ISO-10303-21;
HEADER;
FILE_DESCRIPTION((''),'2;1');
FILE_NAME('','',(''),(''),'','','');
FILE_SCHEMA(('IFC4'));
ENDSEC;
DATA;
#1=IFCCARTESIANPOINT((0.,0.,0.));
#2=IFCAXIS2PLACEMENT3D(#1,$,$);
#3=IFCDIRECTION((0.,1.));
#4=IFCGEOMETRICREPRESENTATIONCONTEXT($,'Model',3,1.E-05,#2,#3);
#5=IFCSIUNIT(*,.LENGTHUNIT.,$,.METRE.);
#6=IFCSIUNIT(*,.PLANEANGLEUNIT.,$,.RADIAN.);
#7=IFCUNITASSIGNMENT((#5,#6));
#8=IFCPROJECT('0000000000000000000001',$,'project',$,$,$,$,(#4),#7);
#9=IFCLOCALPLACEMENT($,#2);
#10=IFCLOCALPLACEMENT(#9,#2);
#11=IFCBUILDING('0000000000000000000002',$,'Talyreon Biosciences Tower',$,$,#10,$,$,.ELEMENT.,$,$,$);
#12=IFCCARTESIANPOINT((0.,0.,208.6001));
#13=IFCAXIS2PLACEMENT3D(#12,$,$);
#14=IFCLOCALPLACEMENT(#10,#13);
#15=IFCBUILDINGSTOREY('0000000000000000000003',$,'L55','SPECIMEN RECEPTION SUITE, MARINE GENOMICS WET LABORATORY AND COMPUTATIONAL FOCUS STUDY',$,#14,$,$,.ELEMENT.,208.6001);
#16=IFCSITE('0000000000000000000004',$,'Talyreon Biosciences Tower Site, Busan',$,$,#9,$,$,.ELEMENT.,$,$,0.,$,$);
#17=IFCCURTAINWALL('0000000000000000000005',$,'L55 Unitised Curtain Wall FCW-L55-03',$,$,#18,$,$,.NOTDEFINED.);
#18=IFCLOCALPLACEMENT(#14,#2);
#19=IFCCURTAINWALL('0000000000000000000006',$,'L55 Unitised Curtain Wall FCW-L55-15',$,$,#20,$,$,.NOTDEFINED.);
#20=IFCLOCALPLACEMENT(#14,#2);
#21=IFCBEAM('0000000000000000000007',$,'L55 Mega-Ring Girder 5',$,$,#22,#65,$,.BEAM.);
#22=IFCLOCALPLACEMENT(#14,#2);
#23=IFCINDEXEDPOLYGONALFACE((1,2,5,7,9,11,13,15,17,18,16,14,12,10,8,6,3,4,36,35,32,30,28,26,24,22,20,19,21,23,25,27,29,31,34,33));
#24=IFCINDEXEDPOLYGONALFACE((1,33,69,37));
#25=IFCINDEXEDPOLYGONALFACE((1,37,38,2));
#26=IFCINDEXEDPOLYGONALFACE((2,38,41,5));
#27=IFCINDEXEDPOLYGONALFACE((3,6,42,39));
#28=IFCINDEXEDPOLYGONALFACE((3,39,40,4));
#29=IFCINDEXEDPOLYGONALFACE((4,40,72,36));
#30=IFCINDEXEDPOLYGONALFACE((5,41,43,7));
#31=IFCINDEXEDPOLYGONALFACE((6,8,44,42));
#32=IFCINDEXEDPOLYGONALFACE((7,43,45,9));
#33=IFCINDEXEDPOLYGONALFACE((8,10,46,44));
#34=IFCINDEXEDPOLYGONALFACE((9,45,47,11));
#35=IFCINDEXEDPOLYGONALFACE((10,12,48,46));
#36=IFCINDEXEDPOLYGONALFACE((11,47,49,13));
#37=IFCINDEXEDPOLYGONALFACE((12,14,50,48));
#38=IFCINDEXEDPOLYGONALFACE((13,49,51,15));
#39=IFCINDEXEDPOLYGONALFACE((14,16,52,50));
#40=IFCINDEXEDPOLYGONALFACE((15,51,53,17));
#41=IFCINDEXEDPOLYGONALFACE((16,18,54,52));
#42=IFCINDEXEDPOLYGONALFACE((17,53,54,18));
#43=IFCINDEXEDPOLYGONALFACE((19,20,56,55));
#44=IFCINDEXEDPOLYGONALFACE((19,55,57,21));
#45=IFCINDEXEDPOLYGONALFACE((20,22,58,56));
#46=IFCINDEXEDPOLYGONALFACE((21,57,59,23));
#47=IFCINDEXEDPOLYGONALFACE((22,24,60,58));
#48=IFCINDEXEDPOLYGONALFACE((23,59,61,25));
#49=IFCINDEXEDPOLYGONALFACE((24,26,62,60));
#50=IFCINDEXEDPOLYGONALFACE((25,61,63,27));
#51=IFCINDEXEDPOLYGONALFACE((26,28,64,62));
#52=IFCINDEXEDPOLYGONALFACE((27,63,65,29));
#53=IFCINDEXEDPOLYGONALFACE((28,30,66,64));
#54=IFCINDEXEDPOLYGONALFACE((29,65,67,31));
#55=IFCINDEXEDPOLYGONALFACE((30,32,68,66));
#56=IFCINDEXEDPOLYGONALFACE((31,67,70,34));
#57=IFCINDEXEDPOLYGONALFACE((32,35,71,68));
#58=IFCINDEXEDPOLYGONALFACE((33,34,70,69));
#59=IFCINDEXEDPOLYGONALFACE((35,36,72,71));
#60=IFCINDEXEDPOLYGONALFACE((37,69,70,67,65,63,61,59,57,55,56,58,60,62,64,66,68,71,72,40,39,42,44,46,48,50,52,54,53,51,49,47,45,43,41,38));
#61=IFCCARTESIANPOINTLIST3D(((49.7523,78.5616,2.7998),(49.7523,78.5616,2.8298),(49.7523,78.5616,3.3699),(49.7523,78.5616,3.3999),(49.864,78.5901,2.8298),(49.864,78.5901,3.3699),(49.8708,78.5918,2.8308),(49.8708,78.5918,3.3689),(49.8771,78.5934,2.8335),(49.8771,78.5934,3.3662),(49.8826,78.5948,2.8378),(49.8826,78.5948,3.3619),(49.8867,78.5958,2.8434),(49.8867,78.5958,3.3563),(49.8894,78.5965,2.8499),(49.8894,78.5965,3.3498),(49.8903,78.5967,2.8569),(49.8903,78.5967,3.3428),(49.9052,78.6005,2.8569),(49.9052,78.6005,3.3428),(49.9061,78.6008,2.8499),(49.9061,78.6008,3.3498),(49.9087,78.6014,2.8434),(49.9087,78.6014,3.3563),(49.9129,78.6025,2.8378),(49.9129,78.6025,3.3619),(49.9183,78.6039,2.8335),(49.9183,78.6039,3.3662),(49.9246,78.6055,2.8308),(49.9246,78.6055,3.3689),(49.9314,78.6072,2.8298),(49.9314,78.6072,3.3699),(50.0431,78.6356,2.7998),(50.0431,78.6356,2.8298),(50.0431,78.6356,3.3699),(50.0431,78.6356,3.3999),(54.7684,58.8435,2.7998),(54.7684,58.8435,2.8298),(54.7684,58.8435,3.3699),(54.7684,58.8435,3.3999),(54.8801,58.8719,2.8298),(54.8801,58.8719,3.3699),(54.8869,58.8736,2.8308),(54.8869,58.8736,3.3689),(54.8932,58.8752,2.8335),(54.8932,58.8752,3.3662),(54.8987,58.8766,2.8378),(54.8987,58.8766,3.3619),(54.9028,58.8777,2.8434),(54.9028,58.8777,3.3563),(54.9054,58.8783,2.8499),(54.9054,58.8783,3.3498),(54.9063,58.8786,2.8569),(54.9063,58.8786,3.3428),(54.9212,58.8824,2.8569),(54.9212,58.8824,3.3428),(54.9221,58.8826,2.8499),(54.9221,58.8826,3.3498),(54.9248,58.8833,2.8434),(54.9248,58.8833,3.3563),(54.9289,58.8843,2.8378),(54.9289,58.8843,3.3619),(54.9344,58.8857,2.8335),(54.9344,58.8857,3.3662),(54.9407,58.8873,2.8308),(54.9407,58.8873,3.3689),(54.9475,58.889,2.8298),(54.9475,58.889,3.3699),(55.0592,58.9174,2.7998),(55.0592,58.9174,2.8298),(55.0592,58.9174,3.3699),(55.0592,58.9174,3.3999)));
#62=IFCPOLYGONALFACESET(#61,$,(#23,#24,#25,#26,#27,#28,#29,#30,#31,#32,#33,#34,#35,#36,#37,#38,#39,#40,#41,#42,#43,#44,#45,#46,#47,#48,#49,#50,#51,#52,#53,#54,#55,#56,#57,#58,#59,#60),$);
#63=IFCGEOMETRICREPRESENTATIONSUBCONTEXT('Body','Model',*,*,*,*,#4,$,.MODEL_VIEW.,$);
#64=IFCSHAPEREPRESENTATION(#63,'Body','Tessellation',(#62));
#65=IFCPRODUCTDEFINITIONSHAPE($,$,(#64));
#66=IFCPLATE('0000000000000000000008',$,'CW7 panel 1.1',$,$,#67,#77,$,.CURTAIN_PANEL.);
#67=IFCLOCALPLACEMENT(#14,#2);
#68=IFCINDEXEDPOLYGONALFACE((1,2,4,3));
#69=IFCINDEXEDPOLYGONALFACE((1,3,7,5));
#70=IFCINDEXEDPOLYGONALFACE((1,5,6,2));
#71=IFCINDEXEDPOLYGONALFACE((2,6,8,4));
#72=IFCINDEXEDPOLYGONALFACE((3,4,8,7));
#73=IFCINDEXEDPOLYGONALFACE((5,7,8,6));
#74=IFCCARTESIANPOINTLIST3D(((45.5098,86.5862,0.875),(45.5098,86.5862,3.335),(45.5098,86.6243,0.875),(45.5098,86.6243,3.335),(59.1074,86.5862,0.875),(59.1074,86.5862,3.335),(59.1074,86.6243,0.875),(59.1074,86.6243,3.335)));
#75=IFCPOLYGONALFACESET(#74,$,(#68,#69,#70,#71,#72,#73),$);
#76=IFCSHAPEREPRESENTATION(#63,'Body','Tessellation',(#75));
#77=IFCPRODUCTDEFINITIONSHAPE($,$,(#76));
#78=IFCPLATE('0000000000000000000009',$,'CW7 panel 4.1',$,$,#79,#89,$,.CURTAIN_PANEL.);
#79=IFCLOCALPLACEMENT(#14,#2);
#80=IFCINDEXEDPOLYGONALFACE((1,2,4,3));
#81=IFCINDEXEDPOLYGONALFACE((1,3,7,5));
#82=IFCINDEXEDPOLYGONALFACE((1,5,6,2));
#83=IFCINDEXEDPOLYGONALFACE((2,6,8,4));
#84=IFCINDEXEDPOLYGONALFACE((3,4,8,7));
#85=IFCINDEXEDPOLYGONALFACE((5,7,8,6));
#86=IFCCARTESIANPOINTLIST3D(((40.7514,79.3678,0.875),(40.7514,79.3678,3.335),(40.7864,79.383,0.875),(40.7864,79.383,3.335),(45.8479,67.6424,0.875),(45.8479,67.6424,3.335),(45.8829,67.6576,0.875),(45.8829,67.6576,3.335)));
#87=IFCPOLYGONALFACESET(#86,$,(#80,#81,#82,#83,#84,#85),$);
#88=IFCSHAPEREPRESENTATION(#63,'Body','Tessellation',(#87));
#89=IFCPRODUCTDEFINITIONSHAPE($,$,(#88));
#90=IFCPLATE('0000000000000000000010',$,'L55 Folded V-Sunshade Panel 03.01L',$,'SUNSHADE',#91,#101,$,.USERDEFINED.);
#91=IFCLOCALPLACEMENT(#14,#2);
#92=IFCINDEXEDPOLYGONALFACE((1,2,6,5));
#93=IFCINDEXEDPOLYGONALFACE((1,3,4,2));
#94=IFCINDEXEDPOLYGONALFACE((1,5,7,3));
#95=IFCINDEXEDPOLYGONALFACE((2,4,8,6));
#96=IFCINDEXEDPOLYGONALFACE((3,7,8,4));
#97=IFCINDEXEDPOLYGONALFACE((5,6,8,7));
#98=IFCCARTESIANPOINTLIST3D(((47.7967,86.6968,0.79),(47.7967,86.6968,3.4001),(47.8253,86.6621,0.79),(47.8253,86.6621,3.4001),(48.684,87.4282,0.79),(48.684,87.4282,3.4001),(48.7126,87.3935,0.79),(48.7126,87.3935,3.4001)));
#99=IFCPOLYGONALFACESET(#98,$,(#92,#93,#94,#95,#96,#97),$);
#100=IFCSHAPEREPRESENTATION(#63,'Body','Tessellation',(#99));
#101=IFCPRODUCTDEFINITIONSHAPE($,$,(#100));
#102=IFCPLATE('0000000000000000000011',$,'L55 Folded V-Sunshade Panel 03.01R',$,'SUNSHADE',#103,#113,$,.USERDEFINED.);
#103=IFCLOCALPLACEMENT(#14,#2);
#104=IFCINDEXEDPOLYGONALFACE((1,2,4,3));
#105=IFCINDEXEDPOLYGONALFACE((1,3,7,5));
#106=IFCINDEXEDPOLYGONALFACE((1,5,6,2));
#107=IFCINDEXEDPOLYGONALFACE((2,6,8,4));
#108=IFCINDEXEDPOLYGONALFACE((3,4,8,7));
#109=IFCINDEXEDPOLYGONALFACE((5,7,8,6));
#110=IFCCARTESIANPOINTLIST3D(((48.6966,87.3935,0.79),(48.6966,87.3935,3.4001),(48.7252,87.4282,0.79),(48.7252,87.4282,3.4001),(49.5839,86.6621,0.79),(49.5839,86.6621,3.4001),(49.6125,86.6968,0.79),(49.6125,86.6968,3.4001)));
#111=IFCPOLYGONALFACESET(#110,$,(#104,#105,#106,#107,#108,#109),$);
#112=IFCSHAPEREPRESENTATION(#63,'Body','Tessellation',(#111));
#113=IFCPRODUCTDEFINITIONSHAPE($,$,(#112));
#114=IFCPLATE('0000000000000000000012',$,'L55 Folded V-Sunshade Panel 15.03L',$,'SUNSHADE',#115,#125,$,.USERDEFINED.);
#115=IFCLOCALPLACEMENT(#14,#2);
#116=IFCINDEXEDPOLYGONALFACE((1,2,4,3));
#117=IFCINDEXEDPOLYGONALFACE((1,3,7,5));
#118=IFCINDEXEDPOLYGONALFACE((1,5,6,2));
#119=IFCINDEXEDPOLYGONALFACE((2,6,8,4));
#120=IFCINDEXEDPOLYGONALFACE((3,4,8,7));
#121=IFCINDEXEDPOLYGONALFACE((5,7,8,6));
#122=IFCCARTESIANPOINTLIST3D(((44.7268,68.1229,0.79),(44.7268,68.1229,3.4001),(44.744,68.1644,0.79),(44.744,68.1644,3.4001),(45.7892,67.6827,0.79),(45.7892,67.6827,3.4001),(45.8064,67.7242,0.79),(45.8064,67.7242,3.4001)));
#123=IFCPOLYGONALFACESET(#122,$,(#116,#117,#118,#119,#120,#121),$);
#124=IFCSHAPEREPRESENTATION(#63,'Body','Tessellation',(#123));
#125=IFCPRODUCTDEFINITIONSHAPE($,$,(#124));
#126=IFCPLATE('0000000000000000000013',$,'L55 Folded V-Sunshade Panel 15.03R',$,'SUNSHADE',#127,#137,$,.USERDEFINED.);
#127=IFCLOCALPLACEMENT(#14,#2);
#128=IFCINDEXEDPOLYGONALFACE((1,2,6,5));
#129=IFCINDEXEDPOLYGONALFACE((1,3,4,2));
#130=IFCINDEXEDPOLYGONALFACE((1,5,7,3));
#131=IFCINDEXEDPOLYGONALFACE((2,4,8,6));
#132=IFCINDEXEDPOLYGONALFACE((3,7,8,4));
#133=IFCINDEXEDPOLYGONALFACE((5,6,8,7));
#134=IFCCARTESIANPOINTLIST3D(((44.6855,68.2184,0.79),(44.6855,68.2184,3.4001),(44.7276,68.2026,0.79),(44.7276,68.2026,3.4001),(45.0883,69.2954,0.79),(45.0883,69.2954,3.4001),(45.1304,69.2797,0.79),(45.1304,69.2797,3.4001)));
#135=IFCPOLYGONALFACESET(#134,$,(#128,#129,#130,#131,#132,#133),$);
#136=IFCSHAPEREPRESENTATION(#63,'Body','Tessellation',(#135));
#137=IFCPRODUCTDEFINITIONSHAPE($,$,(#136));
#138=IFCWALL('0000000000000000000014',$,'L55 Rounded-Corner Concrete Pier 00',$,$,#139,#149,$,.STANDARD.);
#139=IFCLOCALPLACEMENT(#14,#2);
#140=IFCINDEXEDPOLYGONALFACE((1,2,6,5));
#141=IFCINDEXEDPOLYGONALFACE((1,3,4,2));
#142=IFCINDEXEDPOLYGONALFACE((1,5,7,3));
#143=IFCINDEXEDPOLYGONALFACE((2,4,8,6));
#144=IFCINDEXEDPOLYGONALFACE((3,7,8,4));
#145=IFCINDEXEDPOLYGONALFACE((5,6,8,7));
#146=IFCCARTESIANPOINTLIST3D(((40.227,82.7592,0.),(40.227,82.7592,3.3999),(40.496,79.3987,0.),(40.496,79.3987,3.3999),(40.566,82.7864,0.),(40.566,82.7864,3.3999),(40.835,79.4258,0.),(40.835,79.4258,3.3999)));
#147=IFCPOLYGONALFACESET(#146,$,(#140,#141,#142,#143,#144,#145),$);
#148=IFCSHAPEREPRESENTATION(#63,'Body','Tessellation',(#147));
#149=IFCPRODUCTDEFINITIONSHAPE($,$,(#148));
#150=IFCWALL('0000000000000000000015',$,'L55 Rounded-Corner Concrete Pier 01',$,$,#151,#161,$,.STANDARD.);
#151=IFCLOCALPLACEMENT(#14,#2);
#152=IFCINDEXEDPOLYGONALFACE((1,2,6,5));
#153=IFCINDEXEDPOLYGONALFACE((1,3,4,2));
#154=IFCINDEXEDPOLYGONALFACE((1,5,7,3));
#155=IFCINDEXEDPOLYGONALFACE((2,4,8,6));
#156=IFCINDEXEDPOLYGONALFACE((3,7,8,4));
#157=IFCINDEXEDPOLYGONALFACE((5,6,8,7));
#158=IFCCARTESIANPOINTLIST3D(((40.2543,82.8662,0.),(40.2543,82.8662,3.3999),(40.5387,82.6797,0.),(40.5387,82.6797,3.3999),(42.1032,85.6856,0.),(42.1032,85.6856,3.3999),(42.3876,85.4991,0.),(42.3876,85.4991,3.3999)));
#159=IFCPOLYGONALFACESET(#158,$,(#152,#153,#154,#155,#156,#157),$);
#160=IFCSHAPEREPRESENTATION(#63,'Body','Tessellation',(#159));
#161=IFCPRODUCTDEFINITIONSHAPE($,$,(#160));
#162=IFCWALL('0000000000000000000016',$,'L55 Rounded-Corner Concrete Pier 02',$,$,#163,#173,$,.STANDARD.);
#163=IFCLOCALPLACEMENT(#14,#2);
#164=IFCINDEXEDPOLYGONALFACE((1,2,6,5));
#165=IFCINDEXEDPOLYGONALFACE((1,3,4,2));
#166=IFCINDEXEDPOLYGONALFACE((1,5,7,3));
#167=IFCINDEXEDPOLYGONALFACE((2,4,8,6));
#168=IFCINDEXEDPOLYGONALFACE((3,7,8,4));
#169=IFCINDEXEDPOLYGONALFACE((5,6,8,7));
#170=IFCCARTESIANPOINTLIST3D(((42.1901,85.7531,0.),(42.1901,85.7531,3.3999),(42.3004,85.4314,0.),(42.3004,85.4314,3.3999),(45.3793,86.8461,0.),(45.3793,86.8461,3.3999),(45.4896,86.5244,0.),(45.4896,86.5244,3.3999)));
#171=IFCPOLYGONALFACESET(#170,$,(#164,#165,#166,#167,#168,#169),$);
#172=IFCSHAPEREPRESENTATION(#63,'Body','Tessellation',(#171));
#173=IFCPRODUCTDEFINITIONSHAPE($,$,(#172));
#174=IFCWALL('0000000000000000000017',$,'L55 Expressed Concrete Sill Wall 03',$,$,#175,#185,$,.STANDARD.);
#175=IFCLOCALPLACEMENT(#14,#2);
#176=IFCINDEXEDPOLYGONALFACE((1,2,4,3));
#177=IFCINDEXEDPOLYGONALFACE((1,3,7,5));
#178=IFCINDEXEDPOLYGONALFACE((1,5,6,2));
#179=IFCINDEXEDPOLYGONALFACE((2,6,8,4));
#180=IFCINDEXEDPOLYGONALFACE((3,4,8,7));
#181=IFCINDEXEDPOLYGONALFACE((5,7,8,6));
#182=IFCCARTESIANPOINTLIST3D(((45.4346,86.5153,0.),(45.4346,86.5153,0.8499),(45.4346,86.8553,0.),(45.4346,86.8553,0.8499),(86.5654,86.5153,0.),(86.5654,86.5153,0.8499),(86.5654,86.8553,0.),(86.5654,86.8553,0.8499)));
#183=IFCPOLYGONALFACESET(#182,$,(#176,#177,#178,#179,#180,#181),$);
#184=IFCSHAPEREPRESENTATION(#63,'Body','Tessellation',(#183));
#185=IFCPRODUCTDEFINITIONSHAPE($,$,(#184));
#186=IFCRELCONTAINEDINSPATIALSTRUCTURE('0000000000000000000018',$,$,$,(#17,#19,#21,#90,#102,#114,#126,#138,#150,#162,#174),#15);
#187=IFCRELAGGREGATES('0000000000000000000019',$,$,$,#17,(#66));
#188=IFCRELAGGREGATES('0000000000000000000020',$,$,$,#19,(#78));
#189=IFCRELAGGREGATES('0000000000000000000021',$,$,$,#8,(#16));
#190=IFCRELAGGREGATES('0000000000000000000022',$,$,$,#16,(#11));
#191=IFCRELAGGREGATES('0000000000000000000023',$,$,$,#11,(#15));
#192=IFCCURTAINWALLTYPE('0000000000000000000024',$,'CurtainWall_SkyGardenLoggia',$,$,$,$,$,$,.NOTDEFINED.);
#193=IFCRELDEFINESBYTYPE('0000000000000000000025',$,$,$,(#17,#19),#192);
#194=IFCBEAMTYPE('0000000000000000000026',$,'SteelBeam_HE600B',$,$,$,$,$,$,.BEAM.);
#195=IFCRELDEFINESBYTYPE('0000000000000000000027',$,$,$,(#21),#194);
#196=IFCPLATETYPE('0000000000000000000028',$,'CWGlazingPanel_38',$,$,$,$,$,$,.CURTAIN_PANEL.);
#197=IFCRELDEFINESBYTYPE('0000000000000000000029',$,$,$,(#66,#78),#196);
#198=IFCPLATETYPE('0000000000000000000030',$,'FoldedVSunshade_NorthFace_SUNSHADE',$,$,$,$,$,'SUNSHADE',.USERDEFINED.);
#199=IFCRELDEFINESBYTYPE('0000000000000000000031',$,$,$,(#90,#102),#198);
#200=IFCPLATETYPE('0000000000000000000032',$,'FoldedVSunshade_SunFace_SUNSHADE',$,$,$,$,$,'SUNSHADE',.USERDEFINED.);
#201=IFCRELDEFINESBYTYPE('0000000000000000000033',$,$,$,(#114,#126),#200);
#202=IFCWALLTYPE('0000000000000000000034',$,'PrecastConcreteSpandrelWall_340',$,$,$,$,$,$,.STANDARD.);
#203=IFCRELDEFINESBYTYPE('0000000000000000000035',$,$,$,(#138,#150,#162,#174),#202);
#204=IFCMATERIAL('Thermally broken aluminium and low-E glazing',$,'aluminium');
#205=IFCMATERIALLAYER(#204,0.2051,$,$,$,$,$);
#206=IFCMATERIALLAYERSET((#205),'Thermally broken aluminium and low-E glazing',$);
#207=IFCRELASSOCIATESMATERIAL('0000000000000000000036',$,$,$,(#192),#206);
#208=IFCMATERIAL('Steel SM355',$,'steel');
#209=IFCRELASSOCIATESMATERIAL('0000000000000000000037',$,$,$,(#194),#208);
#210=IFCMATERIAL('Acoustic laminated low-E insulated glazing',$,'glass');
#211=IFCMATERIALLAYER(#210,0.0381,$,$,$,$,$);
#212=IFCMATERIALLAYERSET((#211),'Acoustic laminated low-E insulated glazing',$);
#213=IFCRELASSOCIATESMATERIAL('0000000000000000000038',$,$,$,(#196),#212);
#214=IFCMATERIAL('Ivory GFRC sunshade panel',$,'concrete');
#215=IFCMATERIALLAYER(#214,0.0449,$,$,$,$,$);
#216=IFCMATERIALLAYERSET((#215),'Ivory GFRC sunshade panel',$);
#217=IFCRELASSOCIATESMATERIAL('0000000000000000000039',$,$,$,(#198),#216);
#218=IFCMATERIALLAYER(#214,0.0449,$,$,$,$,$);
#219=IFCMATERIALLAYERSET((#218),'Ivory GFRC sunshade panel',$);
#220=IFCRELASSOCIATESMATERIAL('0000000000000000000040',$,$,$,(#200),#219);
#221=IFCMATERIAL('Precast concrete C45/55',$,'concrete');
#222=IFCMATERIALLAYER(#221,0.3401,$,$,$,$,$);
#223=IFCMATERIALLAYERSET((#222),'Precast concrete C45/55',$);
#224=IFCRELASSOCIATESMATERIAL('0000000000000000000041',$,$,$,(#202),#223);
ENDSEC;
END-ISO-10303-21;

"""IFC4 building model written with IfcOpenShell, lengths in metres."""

from ifc_helpers import new_model, si_unit, direction, frame, frame_2d, origin, origin_2d, place, context, subcontext, project, spatial, rectangle, i_section, extrude, material, layer, layer_set, material_profile, profile_set, type_object, element, aggregate, save


model = new_model("IFC4")

# Units and contexts
model_context = context("Model", 3, precision=1e-05, world=origin(), true_north=direction((0.0, 1.0)))
body_context = subcontext(model_context, "Body", "Model", "MODEL_VIEW")
ifc_project = project(units=[si_unit("LENGTHUNIT", "METRE"), si_unit("PLANEANGLEUNIT", "RADIAN")], contexts=[model_context])

# Site, building, storey
site_placement = place(None, origin())
site = spatial("IfcSite", under=ifc_project, at=site_placement, Name="Talyreon Biosciences Tower Site, Busan", CompositionType="ELEMENT", RefElevation=0.0)
building_placement = place(site_placement, origin())
building = spatial("IfcBuilding", under=site, at=building_placement, Name="Talyreon Biosciences Tower", CompositionType="ELEMENT")
storey_placement = place(building_placement, frame((0.0, 0.0, 208.6001)))
storey = spatial("IfcBuildingStorey", under=building, at=storey_placement, Name="L55", Description="SPECIMEN RECEPTION SUITE, MARINE GENOMICS WET LABORATORY AND COMPUTATIONAL FOCUS STUDY", CompositionType="ELEMENT", Elevation=208.6001)

# Curtain wall
ifc_material_1 = material(Name="Thermally broken aluminium and low-E glazing", Category="aluminium")
ifc_layer_1 = layer(ifc_material_1, 0.2051)
ifc_layer_set_1 = layer_set([ifc_layer_1], Name="Thermally broken aluminium and low-E glazing")
curtain_wall_type = type_object("IfcCurtainWallType", Name="CurtainWall_SkyGardenLoggia", PredefinedType="NOTDEFINED", material=ifc_layer_set_1)
curtain_wall_1_placement = place(storey_placement, origin())
curtain_wall_1 = element("IfcCurtainWall", 1, at=curtain_wall_1_placement, inside=storey, type_object=curtain_wall_type, Name="L55 Unitised Curtain Wall FCW-L55-03", PredefinedType="NOTDEFINED")

# Curtain wall
curtain_wall_2_placement = place(storey_placement, origin())
curtain_wall_2 = element("IfcCurtainWall", 2, at=curtain_wall_2_placement, inside=storey, type_object=curtain_wall_type, Name="L55 Unitised Curtain Wall FCW-L55-15", PredefinedType="NOTDEFINED")

# Beam
ifc_material_2 = material(Name="Precast concrete C45/55", Category="concrete")
ifc_material_3 = material(Name="Steel SM355", Category="steel")
ifc_material_profile_1 = material_profile(ifc_material_3, i_section(OverallWidth=0.3, OverallDepth=0.6001, WebThickness=0.0154, FlangeThickness=0.03, FilletRadius=0.0271, at=origin_2d()), Name="HE600B")
ifc_profile_set_1 = profile_set([ifc_material_profile_1], Name="Steel SM355")
beam_type_1 = type_object("IfcBeamType", Name="SteelBeam_HE600B", PredefinedType="BEAM", material=ifc_profile_set_1)
beam_1_placement = place(storey_placement, frame((49.8977, 78.5986, 3.0999), z_axis=(0.246537, -0.969133, 0.0), x_axis=(0.969133, 0.246537, 0.0)))
element("IfcBeam", 3, at=beam_1_placement, inside=storey, type_object=beam_type_1, Name="L55 Mega-Ring Girder 5", PredefinedType="BEAM", context=body_context, shape_type="SweptSolid", body=[
    extrude(i_section(OverallWidth=0.3, OverallDepth=0.6001, WebThickness=0.0154, FlangeThickness=0.03, FilletRadius=0.0271, at=origin_2d()), origin(), (0.0, 0.0, 1.0), 20.3462),
])

# Plates
ifc_material_4 = material(Name="Acoustic laminated low-E insulated glazing", Category="glass")
ifc_layer_2 = layer(ifc_material_4, 0.0381)
ifc_layer_set_2 = layer_set([ifc_layer_2], Name="Acoustic laminated low-E insulated glazing")
plate_type_1 = type_object("IfcPlateType", Name="CWGlazingPanel_38", PredefinedType="CURTAIN_PANEL", material=ifc_layer_set_2)
plate_1_placement = place(storey_placement, frame((52.3086, 86.6052, 0.875), z_axis=(0.0, 0.0, 1.0), x_axis=(1.0, 0.0, 0.0)))
plate_1 = element("IfcPlate", 4, at=plate_1_placement, type_object=plate_type_1, Name="CW7 panel 1.1", PredefinedType="CURTAIN_PANEL", context=body_context, shape_type="SweptSolid", body=[
    extrude(rectangle(XDim=13.5977, YDim=0.0381, at=origin_2d()), origin(), (0.0, 0.0, 1.0), 2.46),
])
aggregate(curtain_wall_1, [plate_1])
plate_2_placement = place(storey_placement, frame((43.3171, 73.5127, 0.875), z_axis=(0.0, 0.0, 1.0), x_axis=(-0.398626, 0.917113, 0.0)))
plate_2 = element("IfcPlate", 5, at=plate_2_placement, type_object=plate_type_1, Name="CW7 panel 4.1", PredefinedType="CURTAIN_PANEL", context=body_context, shape_type="SweptSolid", body=[
    extrude(rectangle(XDim=12.7852, YDim=0.0381, at=origin_2d()), origin(), (0.0, 0.0, 1.0), 2.46),
])
aggregate(curtain_wall_2, [plate_2])

# Plates
ifc_material_5 = material(Name="Ivory GFRC sunshade panel", Category="concrete")
ifc_layer_3 = layer(ifc_material_5, 0.0449)
ifc_layer_set_3 = layer_set([ifc_layer_3], Name="Ivory GFRC sunshade panel")
plate_type_2 = type_object("IfcPlateType", Name="FoldedVSunshade_NorthFace_SUNSHADE", ElementType="SUNSHADE", PredefinedType="USERDEFINED", material=ifc_layer_set_3)
for number, where, z_axis, x_axis, name in (
    (6, (48.2546, 87.0452, 0.79), (0.0, 0.0, 1.0), (0.771625, 0.636078, 0.0), "L55 Folded V-Sunshade Panel 03.01L"),
    (7, (49.1545, 87.0452, 0.79), (0.0, 0.0, 1.0), (0.771625, -0.636078, 0.0), "L55 Folded V-Sunshade Panel 03.01R"),
):
    element("IfcPlate", number, at=place(storey_placement, frame(where, z_axis=z_axis, x_axis=x_axis)), inside=storey, type_object=plate_type_2, Name=name, ObjectType="SUNSHADE", PredefinedType="USERDEFINED", context=body_context, shape_type="SweptSolid", body=[
        extrude(rectangle(XDim=1.1499, YDim=0.0449, at=origin_2d()), origin(), (0.0, 0.0, 1.0), 2.6101),
    ])
ifc_layer_4 = layer(ifc_material_5, 0.0449)
ifc_layer_set_4 = layer_set([ifc_layer_4], Name="Ivory GFRC sunshade panel")
plate_type_3 = type_object("IfcPlateType", Name="FoldedVSunshade_SunFace_SUNSHADE", ElementType="SUNSHADE", PredefinedType="USERDEFINED", material=ifc_layer_set_4)
for number, where, z_axis, x_axis, name in (
    (8, (45.2666, 67.9236, 0.79), (0.0, 0.0, 1.0), (-0.923826, 0.382812, 0.0), "L55 Folded V-Sunshade Panel 15.03L"),
    (9, (44.908, 68.749, 0.79), (0.0, 0.0, 1.0), (0.350338, 0.936623, 0.0), "L55 Folded V-Sunshade Panel 15.03R"),
):
    element("IfcPlate", number, at=place(storey_placement, frame(where, z_axis=z_axis, x_axis=x_axis)), inside=storey, type_object=plate_type_3, Name=name, ObjectType="SUNSHADE", PredefinedType="USERDEFINED", context=body_context, shape_type="SweptSolid", body=[
        extrude(rectangle(XDim=1.1499, YDim=0.0449, at=origin_2d()), origin(), (0.0, 0.0, 1.0), 2.6101),
    ])

# Walls
ifc_layer_5 = layer(ifc_material_2, 0.3401)
ifc_layer_set_5 = layer_set([ifc_layer_5], Name="Precast concrete C45/55")
wall_type = type_object("IfcWallType", Name="PrecastConcreteSpandrelWall_340", PredefinedType="STANDARD", material=ifc_layer_set_5)
wall_1_placement = place(storey_placement, frame((40.6655, 79.4124, 0.0), z_axis=(0.0, 0.0, 1.0), x_axis=(-0.079803, 0.996811, 0.0)))
element("IfcWall", 10, at=wall_1_placement, inside=storey, type_object=wall_type, Name="L55 Rounded-Corner Concrete Pier 00", PredefinedType="STANDARD", context=body_context, shape_type="SweptSolid", body=[
    extrude(rectangle(XDim=3.3713, YDim=0.3401, at=frame_2d((1.6855, 0.0))), origin(), (0.0, 0.0, 1.0), 3.3999),
])
wall_2_placement = place(storey_placement, frame((40.3965, 82.7729, 0.0), z_axis=(0.0, 0.0, 1.0), x_axis=(0.548384, 0.836226, 0.0)))
element("IfcWall", 11, at=wall_2_placement, inside=storey, type_object=wall_type, Name="L55 Rounded-Corner Concrete Pier 01", PredefinedType="STANDARD", context=body_context, shape_type="SweptSolid", body=[
    extrude(rectangle(XDim=3.3716, YDim=0.3401, at=frame_2d((1.6858, 0.0))), origin(), (0.0, 0.0, 1.0), 3.3999),
])
wall_3_placement = place(storey_placement, frame((42.2454, 85.5923, 0.0), z_axis=(0.0, 0.0, 1.0), x_axis=(0.945985, 0.324211, 0.0)))
element("IfcWall", 12, at=wall_3_placement, inside=storey, type_object=wall_type, Name="L55 Rounded-Corner Concrete Pier 02", PredefinedType="STANDARD", context=body_context, shape_type="SweptSolid", body=[
    extrude(rectangle(XDim=3.3713, YDim=0.3401, at=frame_2d((1.6855, 0.0))), origin(), (0.0, 0.0, 1.0), 3.3999),
])
wall_4_placement = place(storey_placement, frame((45.4346, 86.6853, 0.0), z_axis=(0.0, 0.0, 1.0), x_axis=(1.0, 0.0, 0.0)))
element("IfcWall", 13, at=wall_4_placement, inside=storey, type_object=wall_type, Name="L55 Expressed Concrete Sill Wall 03", PredefinedType="STANDARD", context=body_context, shape_type="SweptSolid", body=[
    extrude(rectangle(XDim=41.1309, YDim=0.3401, at=frame_2d((20.5654, 0.0))), origin(), (0.0, 0.0, 1.0), 0.8499),
])

save(model, "model.ifc")
